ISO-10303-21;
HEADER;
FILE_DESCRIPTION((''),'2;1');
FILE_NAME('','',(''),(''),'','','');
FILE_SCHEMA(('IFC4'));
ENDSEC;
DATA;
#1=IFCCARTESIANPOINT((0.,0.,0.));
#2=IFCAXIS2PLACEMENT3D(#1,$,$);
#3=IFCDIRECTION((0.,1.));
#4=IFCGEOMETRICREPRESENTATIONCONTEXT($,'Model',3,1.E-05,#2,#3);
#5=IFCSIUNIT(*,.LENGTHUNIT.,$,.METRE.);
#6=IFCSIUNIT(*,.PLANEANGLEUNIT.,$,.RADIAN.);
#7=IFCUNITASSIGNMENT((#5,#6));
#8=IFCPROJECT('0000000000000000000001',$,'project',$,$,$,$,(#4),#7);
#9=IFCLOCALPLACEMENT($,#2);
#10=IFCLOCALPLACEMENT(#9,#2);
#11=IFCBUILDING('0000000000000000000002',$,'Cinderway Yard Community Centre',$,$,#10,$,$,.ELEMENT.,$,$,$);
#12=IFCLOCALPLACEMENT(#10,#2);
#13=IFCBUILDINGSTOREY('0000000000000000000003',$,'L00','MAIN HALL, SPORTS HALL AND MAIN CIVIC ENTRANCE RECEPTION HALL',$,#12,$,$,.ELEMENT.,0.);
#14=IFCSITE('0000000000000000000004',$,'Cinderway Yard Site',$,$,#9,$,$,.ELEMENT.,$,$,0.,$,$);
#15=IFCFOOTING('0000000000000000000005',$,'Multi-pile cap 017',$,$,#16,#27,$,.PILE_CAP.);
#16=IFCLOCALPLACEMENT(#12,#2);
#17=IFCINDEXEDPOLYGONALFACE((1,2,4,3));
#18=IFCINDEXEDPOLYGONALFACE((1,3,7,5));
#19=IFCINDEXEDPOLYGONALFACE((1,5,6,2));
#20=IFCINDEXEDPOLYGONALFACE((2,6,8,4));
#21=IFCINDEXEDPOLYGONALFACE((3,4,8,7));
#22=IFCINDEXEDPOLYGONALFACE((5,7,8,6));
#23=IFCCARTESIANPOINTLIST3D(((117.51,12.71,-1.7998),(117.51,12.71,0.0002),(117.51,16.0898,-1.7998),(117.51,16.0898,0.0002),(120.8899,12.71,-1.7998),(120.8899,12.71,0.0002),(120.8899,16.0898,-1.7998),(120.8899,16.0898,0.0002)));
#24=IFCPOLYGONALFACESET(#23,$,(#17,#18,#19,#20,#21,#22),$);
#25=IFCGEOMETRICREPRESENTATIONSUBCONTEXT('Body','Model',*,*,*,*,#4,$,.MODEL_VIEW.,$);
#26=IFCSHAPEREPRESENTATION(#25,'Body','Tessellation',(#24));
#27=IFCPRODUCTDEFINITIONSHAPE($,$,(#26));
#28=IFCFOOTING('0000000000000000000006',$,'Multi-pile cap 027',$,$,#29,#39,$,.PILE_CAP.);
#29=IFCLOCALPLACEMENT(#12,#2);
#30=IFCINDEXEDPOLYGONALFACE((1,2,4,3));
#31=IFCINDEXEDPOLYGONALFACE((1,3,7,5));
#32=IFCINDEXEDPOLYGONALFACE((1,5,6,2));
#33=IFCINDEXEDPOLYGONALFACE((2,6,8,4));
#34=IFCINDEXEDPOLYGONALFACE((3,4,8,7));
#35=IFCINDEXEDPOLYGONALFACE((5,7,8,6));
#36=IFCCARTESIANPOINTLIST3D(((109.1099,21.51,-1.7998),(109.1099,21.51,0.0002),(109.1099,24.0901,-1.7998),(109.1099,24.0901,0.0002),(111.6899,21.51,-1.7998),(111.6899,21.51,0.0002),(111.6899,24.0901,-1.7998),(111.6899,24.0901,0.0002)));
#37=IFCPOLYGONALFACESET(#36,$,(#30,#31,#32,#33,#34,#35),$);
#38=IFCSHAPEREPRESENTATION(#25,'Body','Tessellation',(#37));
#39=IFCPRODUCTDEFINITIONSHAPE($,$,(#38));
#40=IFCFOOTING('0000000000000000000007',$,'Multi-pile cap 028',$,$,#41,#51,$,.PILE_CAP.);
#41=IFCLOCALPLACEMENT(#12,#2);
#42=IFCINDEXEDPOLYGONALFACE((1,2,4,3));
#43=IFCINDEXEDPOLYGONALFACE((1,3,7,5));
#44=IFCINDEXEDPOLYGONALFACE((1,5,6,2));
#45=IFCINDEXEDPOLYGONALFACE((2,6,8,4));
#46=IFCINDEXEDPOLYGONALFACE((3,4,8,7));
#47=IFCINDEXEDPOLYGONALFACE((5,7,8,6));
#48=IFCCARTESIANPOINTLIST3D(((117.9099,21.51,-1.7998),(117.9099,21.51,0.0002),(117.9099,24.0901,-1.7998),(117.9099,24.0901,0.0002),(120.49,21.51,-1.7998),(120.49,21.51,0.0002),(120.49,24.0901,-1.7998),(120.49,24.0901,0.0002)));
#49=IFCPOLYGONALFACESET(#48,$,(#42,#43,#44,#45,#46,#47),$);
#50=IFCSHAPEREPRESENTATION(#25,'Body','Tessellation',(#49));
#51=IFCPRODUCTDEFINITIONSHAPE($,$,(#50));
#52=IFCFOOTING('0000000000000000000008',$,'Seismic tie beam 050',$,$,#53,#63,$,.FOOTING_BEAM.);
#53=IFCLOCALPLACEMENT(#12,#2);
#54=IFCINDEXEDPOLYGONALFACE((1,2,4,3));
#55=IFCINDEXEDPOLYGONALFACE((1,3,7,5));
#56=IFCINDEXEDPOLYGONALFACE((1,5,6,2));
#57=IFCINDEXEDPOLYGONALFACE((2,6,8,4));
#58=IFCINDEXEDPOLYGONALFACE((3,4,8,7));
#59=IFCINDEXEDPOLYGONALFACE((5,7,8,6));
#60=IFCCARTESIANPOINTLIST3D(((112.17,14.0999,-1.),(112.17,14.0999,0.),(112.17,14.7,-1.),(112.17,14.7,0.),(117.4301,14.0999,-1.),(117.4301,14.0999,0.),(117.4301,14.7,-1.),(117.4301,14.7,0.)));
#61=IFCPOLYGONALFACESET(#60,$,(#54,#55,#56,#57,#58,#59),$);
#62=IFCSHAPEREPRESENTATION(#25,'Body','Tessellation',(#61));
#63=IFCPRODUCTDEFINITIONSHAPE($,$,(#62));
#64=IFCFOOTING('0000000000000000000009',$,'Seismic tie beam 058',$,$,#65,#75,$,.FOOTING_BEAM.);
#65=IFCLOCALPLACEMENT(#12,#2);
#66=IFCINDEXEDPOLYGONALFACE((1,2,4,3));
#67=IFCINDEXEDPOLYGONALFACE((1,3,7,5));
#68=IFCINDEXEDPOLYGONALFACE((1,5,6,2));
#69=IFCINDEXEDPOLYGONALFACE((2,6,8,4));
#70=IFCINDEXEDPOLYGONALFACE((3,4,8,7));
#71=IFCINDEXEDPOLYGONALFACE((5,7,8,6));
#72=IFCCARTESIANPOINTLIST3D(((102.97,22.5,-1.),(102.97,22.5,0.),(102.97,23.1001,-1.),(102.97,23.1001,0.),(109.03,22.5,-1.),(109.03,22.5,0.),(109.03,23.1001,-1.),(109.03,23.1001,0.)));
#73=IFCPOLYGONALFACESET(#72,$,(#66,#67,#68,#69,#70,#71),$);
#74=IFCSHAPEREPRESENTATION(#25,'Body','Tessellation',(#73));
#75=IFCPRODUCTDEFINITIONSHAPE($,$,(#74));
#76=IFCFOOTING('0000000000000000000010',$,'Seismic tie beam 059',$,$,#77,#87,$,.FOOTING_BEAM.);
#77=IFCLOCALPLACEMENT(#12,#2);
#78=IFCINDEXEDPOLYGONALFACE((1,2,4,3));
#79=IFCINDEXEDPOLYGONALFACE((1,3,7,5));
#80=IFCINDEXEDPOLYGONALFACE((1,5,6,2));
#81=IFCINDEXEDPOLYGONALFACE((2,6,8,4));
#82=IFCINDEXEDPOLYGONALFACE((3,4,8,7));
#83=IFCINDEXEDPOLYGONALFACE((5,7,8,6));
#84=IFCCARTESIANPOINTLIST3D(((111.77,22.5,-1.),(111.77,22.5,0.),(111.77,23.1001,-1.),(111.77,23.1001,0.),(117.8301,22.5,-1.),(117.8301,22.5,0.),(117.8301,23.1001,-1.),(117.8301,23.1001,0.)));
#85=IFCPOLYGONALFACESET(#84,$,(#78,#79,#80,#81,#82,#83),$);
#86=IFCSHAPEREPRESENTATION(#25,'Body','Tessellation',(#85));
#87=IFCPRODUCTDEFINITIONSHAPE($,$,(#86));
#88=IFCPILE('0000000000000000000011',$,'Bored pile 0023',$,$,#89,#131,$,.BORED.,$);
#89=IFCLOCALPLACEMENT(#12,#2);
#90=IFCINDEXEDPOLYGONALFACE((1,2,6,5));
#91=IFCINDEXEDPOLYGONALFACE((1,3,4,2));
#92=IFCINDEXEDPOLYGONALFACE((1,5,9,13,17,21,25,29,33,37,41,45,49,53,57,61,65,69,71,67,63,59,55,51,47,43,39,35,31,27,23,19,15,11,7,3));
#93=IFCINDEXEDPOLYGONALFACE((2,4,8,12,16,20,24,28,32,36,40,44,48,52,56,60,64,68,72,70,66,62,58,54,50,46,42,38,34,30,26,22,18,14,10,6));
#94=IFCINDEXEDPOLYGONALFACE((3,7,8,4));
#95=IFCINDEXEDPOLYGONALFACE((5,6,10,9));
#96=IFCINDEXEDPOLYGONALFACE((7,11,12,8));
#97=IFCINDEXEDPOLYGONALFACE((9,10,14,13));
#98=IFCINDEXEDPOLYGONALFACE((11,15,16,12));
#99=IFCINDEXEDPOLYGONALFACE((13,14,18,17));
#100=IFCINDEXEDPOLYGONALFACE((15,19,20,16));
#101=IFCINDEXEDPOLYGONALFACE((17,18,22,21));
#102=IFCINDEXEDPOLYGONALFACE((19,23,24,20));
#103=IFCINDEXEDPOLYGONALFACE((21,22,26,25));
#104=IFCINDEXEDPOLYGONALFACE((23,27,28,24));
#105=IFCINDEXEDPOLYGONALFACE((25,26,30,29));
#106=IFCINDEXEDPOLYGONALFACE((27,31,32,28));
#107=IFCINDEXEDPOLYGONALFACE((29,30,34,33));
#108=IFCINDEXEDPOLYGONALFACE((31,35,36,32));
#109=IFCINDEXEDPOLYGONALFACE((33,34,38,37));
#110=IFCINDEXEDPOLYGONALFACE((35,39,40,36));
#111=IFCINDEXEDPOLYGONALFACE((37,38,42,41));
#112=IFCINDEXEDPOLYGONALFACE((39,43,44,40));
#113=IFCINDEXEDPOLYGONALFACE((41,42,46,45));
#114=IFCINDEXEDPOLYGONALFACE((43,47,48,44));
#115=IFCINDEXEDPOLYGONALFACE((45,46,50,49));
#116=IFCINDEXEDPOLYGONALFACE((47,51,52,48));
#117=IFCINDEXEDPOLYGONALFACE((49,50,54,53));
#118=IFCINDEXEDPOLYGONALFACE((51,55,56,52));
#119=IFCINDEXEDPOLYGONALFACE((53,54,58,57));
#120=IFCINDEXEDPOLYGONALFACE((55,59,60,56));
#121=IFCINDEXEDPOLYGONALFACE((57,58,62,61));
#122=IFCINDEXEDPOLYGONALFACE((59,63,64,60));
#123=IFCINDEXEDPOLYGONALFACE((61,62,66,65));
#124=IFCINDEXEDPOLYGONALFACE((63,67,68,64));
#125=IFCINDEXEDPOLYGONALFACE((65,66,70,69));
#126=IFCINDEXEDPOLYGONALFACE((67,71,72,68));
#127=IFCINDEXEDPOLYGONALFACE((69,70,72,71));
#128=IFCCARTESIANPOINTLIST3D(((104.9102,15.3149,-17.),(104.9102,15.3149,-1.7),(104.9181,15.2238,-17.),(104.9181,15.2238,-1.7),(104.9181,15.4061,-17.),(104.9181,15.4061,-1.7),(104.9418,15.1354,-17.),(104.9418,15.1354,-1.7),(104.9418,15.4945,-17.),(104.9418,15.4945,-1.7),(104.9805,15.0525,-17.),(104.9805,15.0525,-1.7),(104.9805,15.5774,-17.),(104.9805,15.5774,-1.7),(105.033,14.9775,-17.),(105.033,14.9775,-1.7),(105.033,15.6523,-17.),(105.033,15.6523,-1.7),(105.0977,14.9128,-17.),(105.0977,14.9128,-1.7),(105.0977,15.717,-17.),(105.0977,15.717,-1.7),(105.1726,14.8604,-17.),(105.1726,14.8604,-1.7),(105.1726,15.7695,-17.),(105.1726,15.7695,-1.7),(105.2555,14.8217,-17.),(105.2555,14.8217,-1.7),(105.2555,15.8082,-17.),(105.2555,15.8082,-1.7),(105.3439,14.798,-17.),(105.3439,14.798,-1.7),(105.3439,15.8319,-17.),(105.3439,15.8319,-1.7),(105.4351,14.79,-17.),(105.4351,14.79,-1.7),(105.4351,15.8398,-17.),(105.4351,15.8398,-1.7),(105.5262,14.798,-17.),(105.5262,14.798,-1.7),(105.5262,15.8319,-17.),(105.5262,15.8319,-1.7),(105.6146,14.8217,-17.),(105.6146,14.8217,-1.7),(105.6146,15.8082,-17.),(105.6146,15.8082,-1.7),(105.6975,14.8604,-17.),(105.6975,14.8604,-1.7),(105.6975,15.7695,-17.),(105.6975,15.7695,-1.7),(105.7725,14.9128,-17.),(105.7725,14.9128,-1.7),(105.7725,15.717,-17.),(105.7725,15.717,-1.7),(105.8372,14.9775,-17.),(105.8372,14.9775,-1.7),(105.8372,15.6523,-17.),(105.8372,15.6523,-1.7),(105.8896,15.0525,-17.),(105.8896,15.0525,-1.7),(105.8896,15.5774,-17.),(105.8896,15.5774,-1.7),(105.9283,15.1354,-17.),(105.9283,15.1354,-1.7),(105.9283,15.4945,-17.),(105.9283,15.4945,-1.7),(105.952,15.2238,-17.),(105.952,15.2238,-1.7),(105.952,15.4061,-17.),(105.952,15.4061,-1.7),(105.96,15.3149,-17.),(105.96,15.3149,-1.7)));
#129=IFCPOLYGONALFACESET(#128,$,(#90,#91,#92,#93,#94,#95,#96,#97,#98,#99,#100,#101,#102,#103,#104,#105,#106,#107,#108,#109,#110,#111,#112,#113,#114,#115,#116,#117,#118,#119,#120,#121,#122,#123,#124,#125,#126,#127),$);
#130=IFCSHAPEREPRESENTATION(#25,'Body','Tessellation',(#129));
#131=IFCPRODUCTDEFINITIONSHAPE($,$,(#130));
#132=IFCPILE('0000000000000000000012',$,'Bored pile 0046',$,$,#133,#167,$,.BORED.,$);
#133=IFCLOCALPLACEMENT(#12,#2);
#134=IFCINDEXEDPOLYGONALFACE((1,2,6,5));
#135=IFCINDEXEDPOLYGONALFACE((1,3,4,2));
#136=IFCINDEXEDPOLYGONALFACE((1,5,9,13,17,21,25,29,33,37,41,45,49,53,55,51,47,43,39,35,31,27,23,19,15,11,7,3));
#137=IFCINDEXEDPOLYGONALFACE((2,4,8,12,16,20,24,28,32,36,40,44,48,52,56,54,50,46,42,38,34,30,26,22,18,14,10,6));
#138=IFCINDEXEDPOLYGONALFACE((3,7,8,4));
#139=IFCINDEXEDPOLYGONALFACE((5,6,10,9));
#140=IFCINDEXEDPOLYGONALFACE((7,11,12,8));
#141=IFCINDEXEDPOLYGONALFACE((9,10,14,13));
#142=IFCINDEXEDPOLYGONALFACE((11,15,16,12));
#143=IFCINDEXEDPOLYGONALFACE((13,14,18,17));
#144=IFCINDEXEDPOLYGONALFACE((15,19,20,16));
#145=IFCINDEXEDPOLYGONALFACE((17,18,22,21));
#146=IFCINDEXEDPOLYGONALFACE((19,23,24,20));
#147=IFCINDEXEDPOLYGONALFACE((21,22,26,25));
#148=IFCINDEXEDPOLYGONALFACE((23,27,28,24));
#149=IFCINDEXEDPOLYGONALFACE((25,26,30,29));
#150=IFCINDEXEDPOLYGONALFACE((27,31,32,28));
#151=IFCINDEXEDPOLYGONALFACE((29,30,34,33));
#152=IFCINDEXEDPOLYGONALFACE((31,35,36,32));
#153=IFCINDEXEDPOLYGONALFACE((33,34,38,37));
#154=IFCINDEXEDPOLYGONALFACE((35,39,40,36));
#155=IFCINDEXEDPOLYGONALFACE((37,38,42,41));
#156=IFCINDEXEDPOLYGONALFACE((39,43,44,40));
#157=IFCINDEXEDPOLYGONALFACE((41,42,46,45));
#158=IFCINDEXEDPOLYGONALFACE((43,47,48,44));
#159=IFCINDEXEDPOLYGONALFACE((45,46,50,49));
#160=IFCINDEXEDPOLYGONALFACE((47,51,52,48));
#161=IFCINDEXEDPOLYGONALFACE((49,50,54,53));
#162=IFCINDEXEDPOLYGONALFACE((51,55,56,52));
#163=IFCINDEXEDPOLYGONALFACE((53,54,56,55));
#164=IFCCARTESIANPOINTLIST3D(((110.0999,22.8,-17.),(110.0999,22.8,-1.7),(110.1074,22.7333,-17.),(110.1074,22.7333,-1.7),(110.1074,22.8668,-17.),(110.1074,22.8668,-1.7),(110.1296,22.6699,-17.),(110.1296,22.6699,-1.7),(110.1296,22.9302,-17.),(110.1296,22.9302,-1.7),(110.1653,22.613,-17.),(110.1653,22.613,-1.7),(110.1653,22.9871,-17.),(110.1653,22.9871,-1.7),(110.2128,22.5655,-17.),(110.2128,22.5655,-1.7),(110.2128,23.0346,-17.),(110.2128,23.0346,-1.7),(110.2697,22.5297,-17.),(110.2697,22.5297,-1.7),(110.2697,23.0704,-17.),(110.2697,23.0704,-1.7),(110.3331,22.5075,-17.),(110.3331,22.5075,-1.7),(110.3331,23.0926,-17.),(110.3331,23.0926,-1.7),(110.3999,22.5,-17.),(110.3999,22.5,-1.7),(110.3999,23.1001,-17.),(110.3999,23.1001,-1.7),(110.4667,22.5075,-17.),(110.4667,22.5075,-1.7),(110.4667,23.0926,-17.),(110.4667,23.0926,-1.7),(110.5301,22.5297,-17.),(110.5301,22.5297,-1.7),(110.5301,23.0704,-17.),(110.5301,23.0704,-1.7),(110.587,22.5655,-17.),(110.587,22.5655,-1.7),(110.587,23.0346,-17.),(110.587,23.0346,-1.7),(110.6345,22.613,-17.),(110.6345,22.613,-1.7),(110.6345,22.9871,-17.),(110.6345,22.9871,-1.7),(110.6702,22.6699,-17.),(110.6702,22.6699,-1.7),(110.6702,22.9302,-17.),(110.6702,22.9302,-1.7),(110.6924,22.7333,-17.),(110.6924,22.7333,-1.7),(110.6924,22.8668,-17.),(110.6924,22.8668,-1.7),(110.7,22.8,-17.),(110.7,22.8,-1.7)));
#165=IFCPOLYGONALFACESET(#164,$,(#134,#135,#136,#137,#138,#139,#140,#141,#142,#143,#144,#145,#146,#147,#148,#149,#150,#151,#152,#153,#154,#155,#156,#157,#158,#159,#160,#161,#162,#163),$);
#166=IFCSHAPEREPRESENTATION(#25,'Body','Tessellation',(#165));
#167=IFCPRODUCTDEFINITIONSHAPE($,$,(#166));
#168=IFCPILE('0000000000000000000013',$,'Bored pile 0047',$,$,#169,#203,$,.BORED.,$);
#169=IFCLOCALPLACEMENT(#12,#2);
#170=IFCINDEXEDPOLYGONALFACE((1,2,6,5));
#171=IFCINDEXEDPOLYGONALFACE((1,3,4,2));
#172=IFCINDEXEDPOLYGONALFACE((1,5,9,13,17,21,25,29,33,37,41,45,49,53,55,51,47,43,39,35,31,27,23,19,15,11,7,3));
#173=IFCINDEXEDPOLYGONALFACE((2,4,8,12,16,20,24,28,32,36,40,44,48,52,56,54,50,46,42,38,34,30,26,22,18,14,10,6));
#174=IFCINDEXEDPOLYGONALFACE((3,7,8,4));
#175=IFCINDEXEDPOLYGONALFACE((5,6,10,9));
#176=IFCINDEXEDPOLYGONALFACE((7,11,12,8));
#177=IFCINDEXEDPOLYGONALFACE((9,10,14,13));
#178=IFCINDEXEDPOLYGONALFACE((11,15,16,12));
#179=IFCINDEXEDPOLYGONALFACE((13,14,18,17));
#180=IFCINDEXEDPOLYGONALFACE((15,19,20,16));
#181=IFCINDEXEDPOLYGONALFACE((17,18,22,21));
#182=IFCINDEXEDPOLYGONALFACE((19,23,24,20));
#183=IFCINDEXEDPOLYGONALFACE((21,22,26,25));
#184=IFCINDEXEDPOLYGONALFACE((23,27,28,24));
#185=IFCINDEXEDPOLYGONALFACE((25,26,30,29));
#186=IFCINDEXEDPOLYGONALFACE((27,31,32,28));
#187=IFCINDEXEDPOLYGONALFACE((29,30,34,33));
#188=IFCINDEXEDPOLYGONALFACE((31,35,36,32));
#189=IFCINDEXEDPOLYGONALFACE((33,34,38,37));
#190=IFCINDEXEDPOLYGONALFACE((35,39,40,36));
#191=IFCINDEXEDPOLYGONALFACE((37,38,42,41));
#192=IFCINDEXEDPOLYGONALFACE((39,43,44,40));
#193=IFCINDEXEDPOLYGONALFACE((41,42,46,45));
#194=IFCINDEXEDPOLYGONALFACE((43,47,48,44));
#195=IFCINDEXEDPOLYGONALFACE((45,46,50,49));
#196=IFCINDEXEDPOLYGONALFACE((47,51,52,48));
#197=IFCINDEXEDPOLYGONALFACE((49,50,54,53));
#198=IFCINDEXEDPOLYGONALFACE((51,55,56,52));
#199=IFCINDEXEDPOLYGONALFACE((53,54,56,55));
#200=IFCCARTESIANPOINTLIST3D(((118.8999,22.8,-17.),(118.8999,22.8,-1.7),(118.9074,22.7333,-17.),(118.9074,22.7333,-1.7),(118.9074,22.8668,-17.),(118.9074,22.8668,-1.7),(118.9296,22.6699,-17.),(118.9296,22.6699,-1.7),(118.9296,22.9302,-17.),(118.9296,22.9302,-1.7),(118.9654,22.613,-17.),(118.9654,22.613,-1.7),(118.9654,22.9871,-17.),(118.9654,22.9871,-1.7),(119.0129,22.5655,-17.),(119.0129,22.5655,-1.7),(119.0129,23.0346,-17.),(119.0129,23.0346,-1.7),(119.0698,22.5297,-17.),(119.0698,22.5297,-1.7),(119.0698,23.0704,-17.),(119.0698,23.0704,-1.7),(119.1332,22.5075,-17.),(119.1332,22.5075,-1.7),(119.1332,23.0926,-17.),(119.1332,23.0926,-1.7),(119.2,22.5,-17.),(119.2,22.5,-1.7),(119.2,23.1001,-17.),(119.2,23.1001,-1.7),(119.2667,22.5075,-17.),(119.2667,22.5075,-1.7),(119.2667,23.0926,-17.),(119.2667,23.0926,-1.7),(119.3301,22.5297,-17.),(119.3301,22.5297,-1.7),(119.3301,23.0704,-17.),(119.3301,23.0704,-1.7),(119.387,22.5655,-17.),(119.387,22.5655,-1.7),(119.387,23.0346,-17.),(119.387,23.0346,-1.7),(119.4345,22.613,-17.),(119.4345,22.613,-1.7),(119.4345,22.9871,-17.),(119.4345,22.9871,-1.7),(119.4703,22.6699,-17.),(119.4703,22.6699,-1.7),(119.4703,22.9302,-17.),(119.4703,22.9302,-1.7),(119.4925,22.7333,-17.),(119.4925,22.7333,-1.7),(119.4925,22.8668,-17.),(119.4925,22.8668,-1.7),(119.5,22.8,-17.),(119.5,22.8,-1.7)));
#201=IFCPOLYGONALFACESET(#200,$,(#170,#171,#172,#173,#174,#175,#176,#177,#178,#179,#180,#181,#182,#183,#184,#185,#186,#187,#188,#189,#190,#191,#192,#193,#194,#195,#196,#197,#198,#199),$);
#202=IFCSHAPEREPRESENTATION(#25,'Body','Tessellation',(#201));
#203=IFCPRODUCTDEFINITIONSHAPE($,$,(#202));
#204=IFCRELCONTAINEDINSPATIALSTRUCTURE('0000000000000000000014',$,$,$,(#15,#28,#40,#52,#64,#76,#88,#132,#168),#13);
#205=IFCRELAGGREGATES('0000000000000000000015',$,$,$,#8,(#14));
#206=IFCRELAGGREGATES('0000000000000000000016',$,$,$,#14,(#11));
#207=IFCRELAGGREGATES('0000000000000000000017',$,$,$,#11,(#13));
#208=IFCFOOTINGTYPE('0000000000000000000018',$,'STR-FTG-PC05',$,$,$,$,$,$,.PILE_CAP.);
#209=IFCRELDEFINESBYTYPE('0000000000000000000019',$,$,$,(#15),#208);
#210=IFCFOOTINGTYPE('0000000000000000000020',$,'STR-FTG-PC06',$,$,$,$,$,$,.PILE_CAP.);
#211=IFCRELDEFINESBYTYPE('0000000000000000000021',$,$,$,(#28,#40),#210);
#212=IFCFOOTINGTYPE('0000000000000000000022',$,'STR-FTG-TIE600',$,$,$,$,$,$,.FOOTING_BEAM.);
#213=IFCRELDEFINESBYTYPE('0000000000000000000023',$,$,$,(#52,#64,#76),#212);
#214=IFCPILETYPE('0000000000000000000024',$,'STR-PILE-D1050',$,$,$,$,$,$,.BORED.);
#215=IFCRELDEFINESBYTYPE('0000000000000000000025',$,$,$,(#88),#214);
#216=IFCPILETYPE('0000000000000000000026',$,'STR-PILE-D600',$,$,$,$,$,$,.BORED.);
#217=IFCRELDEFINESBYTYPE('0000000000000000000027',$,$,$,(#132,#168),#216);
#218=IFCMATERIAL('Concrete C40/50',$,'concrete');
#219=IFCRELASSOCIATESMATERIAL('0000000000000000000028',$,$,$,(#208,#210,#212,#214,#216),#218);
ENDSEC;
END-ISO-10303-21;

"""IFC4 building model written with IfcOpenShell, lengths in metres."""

from ifc_helpers import new_model, si_unit, direction, frame, origin, origin_2d, place, context, subcontext, project, spatial, rectangle, circle, extrude, material, material_profile, profile_set, type_object, element, save


model = new_model("IFC4")

# Units and contexts
model_context = context("Model", 3, precision=1e-05, world=origin(), true_north=direction((0.0, 1.0)))
body_context = subcontext(model_context, "Body", "Model", "MODEL_VIEW")
ifc_project = project(units=[si_unit("LENGTHUNIT", "METRE"), si_unit("PLANEANGLEUNIT", "RADIAN")], contexts=[model_context])

# Site, building, storey
site_placement = place(None, origin())
site = spatial("IfcSite", under=ifc_project, at=site_placement, Name="Cinderway Yard Site", CompositionType="ELEMENT", RefElevation=0.0)
building_placement = place(site_placement, origin())
building = spatial("IfcBuilding", under=site, at=building_placement, Name="Cinderway Yard Community Centre", CompositionType="ELEMENT")
storey_placement = place(building_placement, origin())
storey = spatial("IfcBuildingStorey", under=building, at=storey_placement, Name="L00", Description="MAIN HALL, SPORTS HALL AND MAIN CIVIC ENTRANCE RECEPTION HALL", CompositionType="ELEMENT", Elevation=0.0)

# Footings
ifc_material_1 = material(Name="Concrete C40/50", Category="concrete")
footing_type_1 = type_object("IfcFootingType", Name="STR-FTG-PC05", PredefinedType="PILE_CAP", material=ifc_material_1)
footing_1_placement = place(storey_placement, frame((119.2, 14.3999, -1.7998), z_axis=(0.0, 0.0, 1.0), x_axis=(1.0, 0.0, 0.0)))
element("IfcFooting", 1, at=footing_1_placement, inside=storey, type_object=footing_type_1, Name="Multi-pile cap 017", PredefinedType="PILE_CAP", context=body_context, shape_type="SweptSolid", body=[
    extrude(rectangle(XDim=3.3799, YDim=3.3799, at=origin_2d()), origin(), (0.0, 0.0, 1.0), 1.8),
])
footing_type_2 = type_object("IfcFootingType", Name="STR-FTG-PC06", PredefinedType="PILE_CAP", material=ifc_material_1)
for number, where, z_axis, x_axis, name in (
    (2, (110.3999, 22.8, -1.7998), (0.0, 0.0, 1.0), (1.0, 0.0, 0.0), "Multi-pile cap 027"),
    (3, (119.2, 22.8, -1.7998), (0.0, 0.0, 1.0), (1.0, 0.0, 0.0), "Multi-pile cap 028"),
):
    element("IfcFooting", number, at=place(storey_placement, frame(where, z_axis=z_axis, x_axis=x_axis)), inside=storey, type_object=footing_type_2, Name=name, PredefinedType="PILE_CAP", context=body_context, shape_type="SweptSolid", body=[
        extrude(rectangle(XDim=2.5801, YDim=2.5801, at=origin_2d()), origin(), (0.0, 0.0, 1.0), 1.8),
    ])
footing_type_3 = type_object("IfcFootingType", Name="STR-FTG-TIE600", PredefinedType="FOOTING_BEAM", material=ifc_material_1)
footing_2_placement = place(storey_placement, frame((114.8, 14.3999, -1.0), z_axis=(0.0, 0.0, 1.0), x_axis=(1.0, 0.0, 0.0)))
element("IfcFooting", 4, at=footing_2_placement, inside=storey, type_object=footing_type_3, Name="Seismic tie beam 050", PredefinedType="FOOTING_BEAM", context=body_context, shape_type="SweptSolid", body=[
    extrude(rectangle(XDim=5.26, YDim=0.6001, at=origin_2d()), origin(), (0.0, 0.0, 1.0), 1.0),
])
for number, where, z_axis, x_axis, name in (
    (5, (106.0, 22.8, -1.0), (0.0, 0.0, 1.0), (1.0, 0.0, 0.0), "Seismic tie beam 058"),
    (6, (114.8, 22.8, -1.0), (0.0, 0.0, 1.0), (1.0, 0.0, 0.0), "Seismic tie beam 059"),
):
    element("IfcFooting", number, at=place(storey_placement, frame(where, z_axis=z_axis, x_axis=x_axis)), inside=storey, type_object=footing_type_3, Name=name, PredefinedType="FOOTING_BEAM", context=body_context, shape_type="SweptSolid", body=[
        extrude(rectangle(XDim=6.0601, YDim=0.6001, at=origin_2d()), origin(), (0.0, 0.0, 1.0), 1.0),
    ])

# Piles
ifc_material_profile_1 = material_profile(ifc_material_1, circle(Radius=0.5249, at=origin_2d()), Name="Concrete C40/50")
ifc_profile_set_1 = profile_set([ifc_material_profile_1], Name="Concrete C40/50")
pile_type_1 = type_object("IfcPileType", Name="STR-PILE-D1050", PredefinedType="BORED", material=ifc_profile_set_1)
pile_1_placement = place(storey_placement, frame((105.4351, 15.3149, -1.7), z_axis=(0.0, 0.0, -1.0), x_axis=(1.0, 0.0, 0.0)))
element("IfcPile", 7, at=pile_1_placement, inside=storey, type_object=pile_type_1, Name="Bored pile 0023", PredefinedType="BORED", context=body_context, shape_type="SweptSolid", body=[
    extrude(circle(Radius=0.5249, at=origin_2d()), origin(), (0.0, 0.0, 1.0), 15.3),
])
ifc_material_profile_2 = material_profile(ifc_material_1, circle(Radius=0.3, at=origin_2d()), Name="Concrete C40/50")
ifc_profile_set_2 = profile_set([ifc_material_profile_2], Name="Concrete C40/50")
pile_type_2 = type_object("IfcPileType", Name="STR-PILE-D600", PredefinedType="BORED", material=ifc_profile_set_2)
for number, where, z_axis, x_axis, name in (
    (8, (110.3999, 22.8, -1.7), (0.0, 0.0, -1.0), (1.0, 0.0, 0.0), "Bored pile 0046"),
    (9, (119.2, 22.8, -1.7), (0.0, 0.0, -1.0), (1.0, 0.0, 0.0), "Bored pile 0047"),
):
    element("IfcPile", number, at=place(storey_placement, frame(where, z_axis=z_axis, x_axis=x_axis)), inside=storey, type_object=pile_type_2, Name=name, PredefinedType="BORED", context=body_context, shape_type="SweptSolid", body=[
        extrude(circle(Radius=0.3, at=origin_2d()), origin(), (0.0, 0.0, 1.0), 15.3),
    ])

save(model, "model.ifc")
